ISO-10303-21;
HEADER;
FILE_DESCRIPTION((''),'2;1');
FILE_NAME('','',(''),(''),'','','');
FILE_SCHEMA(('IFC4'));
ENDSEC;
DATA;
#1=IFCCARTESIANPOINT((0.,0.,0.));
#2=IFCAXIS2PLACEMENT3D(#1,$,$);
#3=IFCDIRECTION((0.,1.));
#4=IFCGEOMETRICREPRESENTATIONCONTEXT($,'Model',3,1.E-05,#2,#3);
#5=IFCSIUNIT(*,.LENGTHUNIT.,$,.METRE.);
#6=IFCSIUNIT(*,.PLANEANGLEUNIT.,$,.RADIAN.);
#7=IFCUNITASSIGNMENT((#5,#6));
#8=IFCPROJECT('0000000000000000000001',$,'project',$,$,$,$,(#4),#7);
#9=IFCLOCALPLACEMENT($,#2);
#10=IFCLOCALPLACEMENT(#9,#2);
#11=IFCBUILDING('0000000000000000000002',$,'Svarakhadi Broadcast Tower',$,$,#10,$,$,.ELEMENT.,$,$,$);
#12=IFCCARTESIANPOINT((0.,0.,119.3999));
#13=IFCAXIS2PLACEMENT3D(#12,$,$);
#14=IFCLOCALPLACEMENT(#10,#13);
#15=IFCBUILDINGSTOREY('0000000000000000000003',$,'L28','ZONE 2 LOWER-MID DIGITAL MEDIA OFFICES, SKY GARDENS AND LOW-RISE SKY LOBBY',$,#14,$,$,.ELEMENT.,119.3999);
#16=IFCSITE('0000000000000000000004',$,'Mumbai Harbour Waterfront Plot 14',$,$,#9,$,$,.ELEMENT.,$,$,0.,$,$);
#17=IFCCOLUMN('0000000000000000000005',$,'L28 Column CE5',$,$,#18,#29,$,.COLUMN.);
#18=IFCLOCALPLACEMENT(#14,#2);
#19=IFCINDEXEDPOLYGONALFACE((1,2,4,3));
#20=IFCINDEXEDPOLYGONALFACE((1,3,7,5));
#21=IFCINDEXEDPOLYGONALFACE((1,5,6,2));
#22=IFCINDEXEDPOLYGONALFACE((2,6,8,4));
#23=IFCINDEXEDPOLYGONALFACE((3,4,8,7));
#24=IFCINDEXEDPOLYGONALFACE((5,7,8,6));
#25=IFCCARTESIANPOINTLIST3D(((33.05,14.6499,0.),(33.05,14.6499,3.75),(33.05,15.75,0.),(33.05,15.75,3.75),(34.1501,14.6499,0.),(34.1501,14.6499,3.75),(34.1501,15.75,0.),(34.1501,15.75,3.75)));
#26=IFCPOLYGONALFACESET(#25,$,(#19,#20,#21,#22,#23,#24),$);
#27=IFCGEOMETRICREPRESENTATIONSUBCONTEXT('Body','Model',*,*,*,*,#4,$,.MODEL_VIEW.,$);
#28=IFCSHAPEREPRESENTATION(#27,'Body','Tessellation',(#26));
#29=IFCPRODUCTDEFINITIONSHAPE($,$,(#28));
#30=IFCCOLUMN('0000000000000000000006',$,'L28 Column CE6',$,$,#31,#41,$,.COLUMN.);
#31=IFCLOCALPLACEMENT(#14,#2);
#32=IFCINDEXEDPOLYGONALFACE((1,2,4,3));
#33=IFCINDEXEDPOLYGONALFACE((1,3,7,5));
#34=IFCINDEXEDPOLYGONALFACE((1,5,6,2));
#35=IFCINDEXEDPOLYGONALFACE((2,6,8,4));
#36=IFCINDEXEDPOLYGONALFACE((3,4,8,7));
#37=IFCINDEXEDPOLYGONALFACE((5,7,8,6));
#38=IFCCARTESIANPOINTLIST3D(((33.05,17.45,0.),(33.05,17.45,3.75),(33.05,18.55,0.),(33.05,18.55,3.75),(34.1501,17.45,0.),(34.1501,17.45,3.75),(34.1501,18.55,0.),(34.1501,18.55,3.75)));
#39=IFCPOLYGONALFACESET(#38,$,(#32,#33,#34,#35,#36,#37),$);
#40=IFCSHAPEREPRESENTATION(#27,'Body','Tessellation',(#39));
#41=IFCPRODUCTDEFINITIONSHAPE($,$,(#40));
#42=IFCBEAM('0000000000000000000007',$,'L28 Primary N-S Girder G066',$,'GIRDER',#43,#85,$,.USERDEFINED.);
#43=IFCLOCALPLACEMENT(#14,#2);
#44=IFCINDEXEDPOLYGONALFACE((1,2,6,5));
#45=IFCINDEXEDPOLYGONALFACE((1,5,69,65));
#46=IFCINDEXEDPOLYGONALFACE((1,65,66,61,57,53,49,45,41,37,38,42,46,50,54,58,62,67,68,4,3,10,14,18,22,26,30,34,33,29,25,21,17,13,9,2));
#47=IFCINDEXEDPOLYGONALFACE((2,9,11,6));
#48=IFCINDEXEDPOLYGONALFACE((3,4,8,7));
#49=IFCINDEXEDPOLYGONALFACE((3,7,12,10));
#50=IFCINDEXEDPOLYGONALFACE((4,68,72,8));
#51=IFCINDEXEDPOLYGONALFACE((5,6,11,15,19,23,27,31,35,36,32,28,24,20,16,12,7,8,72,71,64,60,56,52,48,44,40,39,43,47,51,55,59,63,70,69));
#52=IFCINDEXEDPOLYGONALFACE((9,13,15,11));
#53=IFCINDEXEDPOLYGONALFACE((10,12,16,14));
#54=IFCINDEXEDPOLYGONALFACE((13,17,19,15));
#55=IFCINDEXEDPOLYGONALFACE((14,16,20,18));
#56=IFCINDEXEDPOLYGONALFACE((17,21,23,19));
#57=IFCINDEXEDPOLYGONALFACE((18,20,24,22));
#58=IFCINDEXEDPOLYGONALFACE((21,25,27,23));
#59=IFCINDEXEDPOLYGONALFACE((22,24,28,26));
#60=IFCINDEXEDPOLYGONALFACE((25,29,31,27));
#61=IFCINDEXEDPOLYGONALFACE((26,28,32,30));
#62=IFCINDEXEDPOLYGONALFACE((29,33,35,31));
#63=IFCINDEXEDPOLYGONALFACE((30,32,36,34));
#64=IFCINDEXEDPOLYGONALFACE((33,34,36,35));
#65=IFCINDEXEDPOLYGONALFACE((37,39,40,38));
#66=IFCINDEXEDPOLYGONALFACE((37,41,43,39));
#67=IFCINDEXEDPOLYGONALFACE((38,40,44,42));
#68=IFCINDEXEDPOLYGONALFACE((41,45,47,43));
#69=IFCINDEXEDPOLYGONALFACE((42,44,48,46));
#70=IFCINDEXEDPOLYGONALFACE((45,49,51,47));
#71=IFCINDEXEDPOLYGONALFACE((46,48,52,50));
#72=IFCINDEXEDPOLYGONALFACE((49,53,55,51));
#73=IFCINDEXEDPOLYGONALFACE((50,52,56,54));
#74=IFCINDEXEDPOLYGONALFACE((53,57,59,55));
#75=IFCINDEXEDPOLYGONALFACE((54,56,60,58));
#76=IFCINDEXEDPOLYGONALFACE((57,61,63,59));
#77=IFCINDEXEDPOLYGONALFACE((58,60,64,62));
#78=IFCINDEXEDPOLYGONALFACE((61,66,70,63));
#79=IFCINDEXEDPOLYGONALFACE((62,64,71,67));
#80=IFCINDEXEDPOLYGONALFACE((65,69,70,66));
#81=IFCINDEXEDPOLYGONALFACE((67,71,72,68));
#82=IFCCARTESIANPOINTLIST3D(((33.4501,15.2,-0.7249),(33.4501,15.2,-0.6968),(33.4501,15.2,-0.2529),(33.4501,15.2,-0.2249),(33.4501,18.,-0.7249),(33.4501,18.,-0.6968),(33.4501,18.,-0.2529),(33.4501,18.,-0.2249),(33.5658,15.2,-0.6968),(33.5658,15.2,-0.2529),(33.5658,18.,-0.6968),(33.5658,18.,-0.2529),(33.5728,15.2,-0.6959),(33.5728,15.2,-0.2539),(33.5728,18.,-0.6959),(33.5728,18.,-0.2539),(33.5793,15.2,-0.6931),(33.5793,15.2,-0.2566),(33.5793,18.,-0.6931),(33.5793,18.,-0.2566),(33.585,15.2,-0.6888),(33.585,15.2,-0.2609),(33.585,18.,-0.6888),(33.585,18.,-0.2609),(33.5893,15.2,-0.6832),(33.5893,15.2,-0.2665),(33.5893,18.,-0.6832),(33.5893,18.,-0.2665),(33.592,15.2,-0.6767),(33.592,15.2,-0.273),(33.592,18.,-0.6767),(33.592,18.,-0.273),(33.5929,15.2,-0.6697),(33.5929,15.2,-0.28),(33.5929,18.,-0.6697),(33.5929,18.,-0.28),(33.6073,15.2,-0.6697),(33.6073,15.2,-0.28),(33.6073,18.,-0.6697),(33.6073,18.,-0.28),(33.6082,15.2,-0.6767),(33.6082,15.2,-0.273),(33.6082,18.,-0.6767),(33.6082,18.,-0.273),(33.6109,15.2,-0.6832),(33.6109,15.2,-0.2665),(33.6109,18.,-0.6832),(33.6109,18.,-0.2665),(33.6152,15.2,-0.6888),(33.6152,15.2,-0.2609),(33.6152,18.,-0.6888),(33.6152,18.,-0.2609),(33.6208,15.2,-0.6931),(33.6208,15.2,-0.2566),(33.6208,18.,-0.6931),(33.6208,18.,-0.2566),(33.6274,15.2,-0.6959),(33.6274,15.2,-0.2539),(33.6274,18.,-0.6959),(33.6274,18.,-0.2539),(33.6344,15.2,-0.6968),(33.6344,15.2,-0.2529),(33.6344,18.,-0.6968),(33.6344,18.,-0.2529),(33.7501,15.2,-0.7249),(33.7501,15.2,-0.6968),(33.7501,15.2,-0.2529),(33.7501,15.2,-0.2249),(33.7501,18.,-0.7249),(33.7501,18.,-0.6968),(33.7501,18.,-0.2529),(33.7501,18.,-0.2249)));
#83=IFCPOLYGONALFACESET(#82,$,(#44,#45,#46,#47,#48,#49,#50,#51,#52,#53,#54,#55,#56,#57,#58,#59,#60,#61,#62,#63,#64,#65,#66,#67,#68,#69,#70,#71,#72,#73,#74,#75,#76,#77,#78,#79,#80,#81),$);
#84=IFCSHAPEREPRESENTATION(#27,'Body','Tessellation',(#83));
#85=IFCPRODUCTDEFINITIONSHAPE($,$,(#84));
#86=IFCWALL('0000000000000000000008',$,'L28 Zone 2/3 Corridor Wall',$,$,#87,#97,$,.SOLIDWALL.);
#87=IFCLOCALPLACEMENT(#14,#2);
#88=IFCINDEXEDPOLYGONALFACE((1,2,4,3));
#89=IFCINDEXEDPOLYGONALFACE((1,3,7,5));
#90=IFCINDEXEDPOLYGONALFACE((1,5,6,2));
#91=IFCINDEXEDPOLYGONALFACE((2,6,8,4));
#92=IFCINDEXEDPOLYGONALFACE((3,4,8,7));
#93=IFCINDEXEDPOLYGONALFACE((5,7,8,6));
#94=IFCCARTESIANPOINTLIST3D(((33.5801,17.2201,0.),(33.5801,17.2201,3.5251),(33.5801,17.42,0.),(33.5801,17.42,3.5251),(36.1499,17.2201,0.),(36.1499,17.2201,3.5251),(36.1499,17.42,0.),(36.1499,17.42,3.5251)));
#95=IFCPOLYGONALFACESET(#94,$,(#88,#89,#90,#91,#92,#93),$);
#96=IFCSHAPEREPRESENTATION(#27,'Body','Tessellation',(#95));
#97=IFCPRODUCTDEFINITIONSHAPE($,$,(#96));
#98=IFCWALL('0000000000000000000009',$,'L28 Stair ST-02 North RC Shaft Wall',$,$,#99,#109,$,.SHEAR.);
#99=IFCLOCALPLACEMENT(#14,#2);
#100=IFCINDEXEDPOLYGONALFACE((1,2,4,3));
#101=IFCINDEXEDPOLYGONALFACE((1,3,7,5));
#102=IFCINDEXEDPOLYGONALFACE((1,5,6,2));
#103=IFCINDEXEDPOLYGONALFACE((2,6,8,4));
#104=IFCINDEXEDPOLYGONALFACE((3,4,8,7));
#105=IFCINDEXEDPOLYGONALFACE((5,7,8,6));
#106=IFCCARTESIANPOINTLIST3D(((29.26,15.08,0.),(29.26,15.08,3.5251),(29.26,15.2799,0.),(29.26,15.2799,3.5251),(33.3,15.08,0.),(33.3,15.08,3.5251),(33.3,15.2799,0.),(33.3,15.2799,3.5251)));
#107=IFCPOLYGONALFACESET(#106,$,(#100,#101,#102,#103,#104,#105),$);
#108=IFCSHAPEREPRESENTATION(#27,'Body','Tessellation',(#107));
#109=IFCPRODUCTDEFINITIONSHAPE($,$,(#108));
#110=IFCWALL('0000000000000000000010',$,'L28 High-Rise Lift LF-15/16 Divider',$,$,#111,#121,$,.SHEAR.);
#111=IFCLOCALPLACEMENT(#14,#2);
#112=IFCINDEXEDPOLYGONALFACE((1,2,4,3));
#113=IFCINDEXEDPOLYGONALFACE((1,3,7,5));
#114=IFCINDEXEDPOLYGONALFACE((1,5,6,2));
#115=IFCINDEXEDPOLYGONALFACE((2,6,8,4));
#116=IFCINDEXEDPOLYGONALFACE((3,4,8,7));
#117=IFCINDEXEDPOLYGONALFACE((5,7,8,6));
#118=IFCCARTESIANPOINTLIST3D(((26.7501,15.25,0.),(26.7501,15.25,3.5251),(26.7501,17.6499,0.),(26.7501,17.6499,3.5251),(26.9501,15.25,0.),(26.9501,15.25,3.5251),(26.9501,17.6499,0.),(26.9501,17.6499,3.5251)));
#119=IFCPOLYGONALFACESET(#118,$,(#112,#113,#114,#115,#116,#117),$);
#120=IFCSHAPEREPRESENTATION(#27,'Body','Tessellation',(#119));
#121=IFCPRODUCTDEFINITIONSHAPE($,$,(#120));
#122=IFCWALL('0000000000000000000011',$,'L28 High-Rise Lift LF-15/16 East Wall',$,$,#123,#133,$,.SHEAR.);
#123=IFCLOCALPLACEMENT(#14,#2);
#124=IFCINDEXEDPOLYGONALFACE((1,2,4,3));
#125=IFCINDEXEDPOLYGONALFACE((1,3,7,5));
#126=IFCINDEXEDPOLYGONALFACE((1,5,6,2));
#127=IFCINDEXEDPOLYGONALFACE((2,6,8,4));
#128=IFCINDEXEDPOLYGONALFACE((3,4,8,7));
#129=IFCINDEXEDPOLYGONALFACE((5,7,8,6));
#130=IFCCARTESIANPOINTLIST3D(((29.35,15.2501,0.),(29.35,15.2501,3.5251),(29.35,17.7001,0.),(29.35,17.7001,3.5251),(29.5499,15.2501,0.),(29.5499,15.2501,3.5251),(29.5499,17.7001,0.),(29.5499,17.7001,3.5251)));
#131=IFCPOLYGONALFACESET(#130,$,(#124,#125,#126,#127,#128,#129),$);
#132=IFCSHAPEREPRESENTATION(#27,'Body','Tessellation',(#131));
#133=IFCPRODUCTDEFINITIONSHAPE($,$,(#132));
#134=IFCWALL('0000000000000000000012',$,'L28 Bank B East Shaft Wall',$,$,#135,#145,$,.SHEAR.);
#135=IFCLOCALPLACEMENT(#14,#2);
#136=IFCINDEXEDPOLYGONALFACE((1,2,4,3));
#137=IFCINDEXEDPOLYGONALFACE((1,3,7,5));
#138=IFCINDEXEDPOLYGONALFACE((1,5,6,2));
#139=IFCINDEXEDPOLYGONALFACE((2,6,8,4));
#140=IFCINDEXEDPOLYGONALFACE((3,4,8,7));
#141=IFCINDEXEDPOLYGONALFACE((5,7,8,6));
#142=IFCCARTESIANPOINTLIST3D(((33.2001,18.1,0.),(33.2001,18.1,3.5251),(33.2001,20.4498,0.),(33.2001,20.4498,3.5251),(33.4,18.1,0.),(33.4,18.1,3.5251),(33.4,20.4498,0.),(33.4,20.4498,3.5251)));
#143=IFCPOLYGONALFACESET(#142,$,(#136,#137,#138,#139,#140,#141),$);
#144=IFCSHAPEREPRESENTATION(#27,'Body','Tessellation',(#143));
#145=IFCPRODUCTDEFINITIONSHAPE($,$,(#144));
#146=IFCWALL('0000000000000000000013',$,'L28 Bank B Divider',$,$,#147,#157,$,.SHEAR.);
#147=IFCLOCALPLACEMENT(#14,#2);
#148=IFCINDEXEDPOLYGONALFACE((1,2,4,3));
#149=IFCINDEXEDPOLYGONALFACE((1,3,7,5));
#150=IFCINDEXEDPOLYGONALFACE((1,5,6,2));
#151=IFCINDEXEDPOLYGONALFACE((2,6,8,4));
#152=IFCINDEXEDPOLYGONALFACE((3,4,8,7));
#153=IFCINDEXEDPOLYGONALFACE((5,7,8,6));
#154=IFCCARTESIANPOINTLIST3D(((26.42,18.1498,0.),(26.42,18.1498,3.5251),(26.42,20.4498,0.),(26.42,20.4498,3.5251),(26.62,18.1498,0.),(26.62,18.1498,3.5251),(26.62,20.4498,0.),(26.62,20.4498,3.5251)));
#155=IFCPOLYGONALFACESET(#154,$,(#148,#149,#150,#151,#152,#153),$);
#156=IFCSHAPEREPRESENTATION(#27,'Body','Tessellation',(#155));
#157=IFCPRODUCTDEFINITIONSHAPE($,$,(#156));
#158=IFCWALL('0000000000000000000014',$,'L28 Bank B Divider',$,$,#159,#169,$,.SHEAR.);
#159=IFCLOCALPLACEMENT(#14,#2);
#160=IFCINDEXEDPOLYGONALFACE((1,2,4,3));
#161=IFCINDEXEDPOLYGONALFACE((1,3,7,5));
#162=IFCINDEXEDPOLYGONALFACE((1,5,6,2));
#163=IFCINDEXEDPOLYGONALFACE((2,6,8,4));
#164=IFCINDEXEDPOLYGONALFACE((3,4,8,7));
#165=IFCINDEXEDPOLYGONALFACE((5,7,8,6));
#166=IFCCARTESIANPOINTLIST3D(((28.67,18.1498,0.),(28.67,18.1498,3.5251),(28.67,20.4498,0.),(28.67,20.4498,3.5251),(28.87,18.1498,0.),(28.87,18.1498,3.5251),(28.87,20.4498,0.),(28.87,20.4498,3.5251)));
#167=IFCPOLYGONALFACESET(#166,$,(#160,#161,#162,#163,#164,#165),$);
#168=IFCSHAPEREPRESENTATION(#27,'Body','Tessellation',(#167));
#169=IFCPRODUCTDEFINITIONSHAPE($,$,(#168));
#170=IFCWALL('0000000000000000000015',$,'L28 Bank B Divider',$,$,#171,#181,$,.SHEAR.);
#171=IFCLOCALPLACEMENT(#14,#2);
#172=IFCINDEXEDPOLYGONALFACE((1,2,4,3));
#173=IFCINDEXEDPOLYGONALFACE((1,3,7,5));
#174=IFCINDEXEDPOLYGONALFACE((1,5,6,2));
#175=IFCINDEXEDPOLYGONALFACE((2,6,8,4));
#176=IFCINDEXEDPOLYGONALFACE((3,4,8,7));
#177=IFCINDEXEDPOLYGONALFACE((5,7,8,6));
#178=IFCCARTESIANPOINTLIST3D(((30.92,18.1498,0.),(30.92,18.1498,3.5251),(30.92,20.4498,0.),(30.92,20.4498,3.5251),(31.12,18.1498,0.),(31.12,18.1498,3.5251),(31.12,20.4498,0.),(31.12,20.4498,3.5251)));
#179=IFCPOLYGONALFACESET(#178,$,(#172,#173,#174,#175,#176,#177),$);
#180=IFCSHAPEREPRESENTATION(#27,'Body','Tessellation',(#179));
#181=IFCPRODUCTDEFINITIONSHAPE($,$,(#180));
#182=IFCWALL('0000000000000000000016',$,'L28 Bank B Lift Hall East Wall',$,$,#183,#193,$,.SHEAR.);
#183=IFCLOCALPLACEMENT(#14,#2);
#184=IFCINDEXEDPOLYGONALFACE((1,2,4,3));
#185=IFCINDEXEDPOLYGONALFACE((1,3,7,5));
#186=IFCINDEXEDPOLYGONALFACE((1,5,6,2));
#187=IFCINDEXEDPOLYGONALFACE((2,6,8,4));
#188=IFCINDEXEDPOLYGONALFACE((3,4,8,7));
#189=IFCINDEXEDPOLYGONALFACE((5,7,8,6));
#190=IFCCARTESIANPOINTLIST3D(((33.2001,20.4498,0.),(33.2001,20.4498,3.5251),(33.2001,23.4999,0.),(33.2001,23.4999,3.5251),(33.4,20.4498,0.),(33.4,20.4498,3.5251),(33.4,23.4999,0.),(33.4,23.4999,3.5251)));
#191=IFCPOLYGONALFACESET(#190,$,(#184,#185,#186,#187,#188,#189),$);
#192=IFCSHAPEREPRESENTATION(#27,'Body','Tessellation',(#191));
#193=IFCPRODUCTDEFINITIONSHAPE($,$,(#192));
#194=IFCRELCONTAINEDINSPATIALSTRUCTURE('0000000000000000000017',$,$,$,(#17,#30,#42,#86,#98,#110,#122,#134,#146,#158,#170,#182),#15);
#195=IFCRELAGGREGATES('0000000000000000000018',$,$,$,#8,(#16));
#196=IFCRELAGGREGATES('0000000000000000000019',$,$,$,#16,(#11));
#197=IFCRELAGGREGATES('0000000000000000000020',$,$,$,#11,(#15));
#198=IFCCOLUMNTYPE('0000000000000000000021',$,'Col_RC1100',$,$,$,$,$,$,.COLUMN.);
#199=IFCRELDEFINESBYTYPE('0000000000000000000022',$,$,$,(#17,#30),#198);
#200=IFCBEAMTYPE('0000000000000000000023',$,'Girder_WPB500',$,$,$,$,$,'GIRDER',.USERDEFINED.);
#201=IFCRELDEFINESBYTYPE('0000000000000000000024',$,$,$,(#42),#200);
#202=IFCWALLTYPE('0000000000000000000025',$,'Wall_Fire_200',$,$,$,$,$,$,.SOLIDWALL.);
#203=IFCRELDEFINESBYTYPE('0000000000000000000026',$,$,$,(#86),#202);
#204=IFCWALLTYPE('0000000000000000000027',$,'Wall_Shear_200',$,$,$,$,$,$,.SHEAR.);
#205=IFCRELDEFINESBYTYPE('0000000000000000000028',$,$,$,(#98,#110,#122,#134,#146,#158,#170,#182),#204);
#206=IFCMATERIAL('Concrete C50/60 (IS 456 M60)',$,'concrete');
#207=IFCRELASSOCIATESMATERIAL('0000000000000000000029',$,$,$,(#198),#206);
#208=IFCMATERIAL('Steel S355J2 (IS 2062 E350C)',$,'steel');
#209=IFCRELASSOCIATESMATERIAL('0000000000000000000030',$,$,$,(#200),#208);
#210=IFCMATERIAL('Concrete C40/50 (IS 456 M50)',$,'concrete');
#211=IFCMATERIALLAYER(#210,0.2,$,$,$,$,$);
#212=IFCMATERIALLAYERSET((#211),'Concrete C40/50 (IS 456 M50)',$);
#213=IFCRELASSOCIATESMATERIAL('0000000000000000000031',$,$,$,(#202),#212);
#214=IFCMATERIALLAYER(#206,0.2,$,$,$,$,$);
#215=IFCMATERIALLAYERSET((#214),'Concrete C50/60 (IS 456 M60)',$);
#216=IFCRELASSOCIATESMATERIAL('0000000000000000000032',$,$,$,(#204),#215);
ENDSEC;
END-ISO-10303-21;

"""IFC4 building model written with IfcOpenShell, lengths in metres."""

from ifc_helpers import new_model, si_unit, direction, frame, frame_2d, origin, origin_2d, place, context, subcontext, project, spatial, rectangle, i_section, extrude, material, layer, layer_set, material_profile, profile_set, type_object, element, save


model = new_model("IFC4")

# Units and contexts
model_context = context("Model", 3, precision=1e-05, world=origin(), true_north=direction((0.0, 1.0)))
body_context = subcontext(model_context, "Body", "Model", "MODEL_VIEW")
ifc_project = project(units=[si_unit("LENGTHUNIT", "METRE"), si_unit("PLANEANGLEUNIT", "RADIAN")], contexts=[model_context])

# Site, building, storey
site_placement = place(None, origin())
site = spatial("IfcSite", under=ifc_project, at=site_placement, Name="Mumbai Harbour Waterfront Plot 14", CompositionType="ELEMENT", RefElevation=0.0)
building_placement = place(site_placement, origin())
building = spatial("IfcBuilding", under=site, at=building_placement, Name="Svarakhadi Broadcast Tower", CompositionType="ELEMENT")
storey_placement = place(building_placement, frame((0.0, 0.0, 119.3999)))
storey = spatial("IfcBuildingStorey", under=building, at=storey_placement, Name="L28", Description="ZONE 2 LOWER-MID DIGITAL MEDIA OFFICES, SKY GARDENS AND LOW-RISE SKY LOBBY", CompositionType="ELEMENT", Elevation=119.3999)

# Columns
ifc_material_1 = material(Name="Concrete C50/60 (IS 456 M60)", Category="concrete")
ifc_material_profile_1 = material_profile(ifc_material_1, rectangle(XDim=1.1001, YDim=1.1001, at=origin_2d()), Name="RC 1100x1100")
ifc_profile_set_1 = profile_set([ifc_material_profile_1], Name="Concrete C50/60 (IS 456 M60)")
column_type = type_object("IfcColumnType", Name="Col_RC1100", PredefinedType="COLUMN", material=ifc_profile_set_1)
for number, where, z_axis, x_axis, name in (
    (1, (33.6001, 15.2, 0.0), (0.0, 0.0, 1.0), (1.0, 0.0, 0.0), "L28 Column CE5"),
    (2, (33.6001, 18.0, 0.0), (0.0, 0.0, 1.0), (1.0, 0.0, 0.0), "L28 Column CE6"),
):
    element("IfcColumn", number, at=place(storey_placement, frame(where, z_axis=z_axis, x_axis=x_axis)), inside=storey, type_object=column_type, Name=name, PredefinedType="COLUMN", context=body_context, shape_type="SweptSolid", body=[
        extrude(rectangle(XDim=1.1001, YDim=1.1001, at=origin_2d()), origin(), (0.0, 0.0, 1.0), 3.75),
    ])

# Beam
ifc_material_2 = material(Name="Steel S355J2 (IS 2062 E350C)", Category="steel")
ifc_material_profile_2 = material_profile(ifc_material_2, i_section(OverallWidth=0.3, OverallDepth=0.5, WebThickness=0.0144, FlangeThickness=0.0281, FilletRadius=0.0271, at=origin_2d()), Name="WPB 500x300x187")
ifc_profile_set_2 = profile_set([ifc_material_profile_2], Name="Steel S355J2 (IS 2062 E350C)")
beam_type = type_object("IfcBeamType", Name="Girder_WPB500", ElementType="GIRDER", PredefinedType="USERDEFINED", material=ifc_profile_set_2)
beam_placement = place(storey_placement, frame((33.6001, 15.2, -0.4749), z_axis=(0.0, 1.0, 0.0), x_axis=(-1.0, 0.0, 0.0)))
element("IfcBeam", 3, at=beam_placement, inside=storey, type_object=beam_type, Name="L28 Primary N-S Girder G066", ObjectType="GIRDER", PredefinedType="USERDEFINED", context=body_context, shape_type="SweptSolid", body=[
    extrude(i_section(OverallWidth=0.3, OverallDepth=0.5, WebThickness=0.0144, FlangeThickness=0.0281, FilletRadius=0.0271, at=origin_2d()), origin(), (0.0, 0.0, 1.0), 2.8),
])

# Walls
ifc_material_3 = material(Name="Concrete C40/50 (IS 456 M50)", Category="concrete")
ifc_layer_1 = layer(ifc_material_3, 0.2)
ifc_layer_set_1 = layer_set([ifc_layer_1], Name="Concrete C40/50 (IS 456 M50)")
wall_type_1 = type_object("IfcWallType", Name="Wall_Fire_200", PredefinedType="SOLIDWALL", material=ifc_layer_set_1)
wall_1_placement = place(storey_placement, frame((33.5801, 17.3201, 0.0), z_axis=(0.0, 0.0, 1.0), x_axis=(1.0, 0.0, 0.0)))
element("IfcWall", 4, at=wall_1_placement, inside=storey, type_object=wall_type_1, Name="L28 Zone 2/3 Corridor Wall", PredefinedType="SOLIDWALL", context=body_context, shape_type="SweptSolid", body=[
    extrude(rectangle(XDim=2.5698, YDim=0.2, at=frame_2d((1.2849, 0.0))), origin(), (0.0, 0.0, 1.0), 3.5251),
])
ifc_layer_2 = layer(ifc_material_1, 0.2)
ifc_layer_set_2 = layer_set([ifc_layer_2], Name="Concrete C50/60 (IS 456 M60)")
wall_type_2 = type_object("IfcWallType", Name="Wall_Shear_200", PredefinedType="SHEAR", material=ifc_layer_set_2)
wall_2_placement = place(storey_placement, frame((29.26, 15.1799, 0.0), z_axis=(0.0, 0.0, 1.0), x_axis=(1.0, 0.0, 0.0)))
element("IfcWall", 5, at=wall_2_placement, inside=storey, type_object=wall_type_2, Name="L28 Stair ST-02 North RC Shaft Wall", PredefinedType="SHEAR", context=body_context, shape_type="SweptSolid", body=[
    extrude(rectangle(XDim=4.04, YDim=0.2, at=frame_2d((2.02, 0.0))), origin(), (0.0, 0.0, 1.0), 3.5251),
])
wall_3_placement = place(storey_placement, frame((26.8501, 15.25, 0.0), z_axis=(0.0, 0.0, 1.0), x_axis=(0.0, 1.0, 0.0)))
element("IfcWall", 6, at=wall_3_placement, inside=storey, type_object=wall_type_2, Name="L28 High-Rise Lift LF-15/16 Divider", PredefinedType="SHEAR", context=body_context, shape_type="SweptSolid", body=[
    extrude(rectangle(XDim=2.3999, YDim=0.2, at=frame_2d((1.2, 0.0))), origin(), (0.0, 0.0, 1.0), 3.5251),
])
wall_4_placement = place(storey_placement, frame((29.45, 15.25, 0.0), z_axis=(0.0, 0.0, 1.0), x_axis=(0.0, 1.0, 0.0)))
element("IfcWall", 7, at=wall_4_placement, inside=storey, type_object=wall_type_2, Name="L28 High-Rise Lift LF-15/16 East Wall", PredefinedType="SHEAR", context=body_context, shape_type="SweptSolid", body=[
    extrude(rectangle(XDim=2.45, YDim=0.2, at=frame_2d((1.2251, 0.0))), origin(), (0.0, 0.0, 1.0), 3.5251),
])
wall_5_placement = place(storey_placement, frame((33.3, 18.1001, 0.0), z_axis=(0.0, 0.0, 1.0), x_axis=(0.0, 1.0, 0.0)))
element("IfcWall", 8, at=wall_5_placement, inside=storey, type_object=wall_type_2, Name="L28 Bank B East Shaft Wall", PredefinedType="SHEAR", context=body_context, shape_type="SweptSolid", body=[
    extrude(rectangle(XDim=2.3499, YDim=0.2, at=frame_2d((1.1748, 0.0))), origin(), (0.0, 0.0, 1.0), 3.5251),
])
for number, where, z_axis, x_axis, name in (
    (9, (26.52, 18.1499, 0.0), (0.0, 0.0, 1.0), (0.0, 1.0, 0.0), "L28 Bank B Divider"),
    (10, (28.77, 18.1499, 0.0), (0.0, 0.0, 1.0), (0.0, 1.0, 0.0), "L28 Bank B Divider"),
    (11, (31.02, 18.1499, 0.0), (0.0, 0.0, 1.0), (0.0, 1.0, 0.0), "L28 Bank B Divider"),
):
    element("IfcWall", number, at=place(storey_placement, frame(where, z_axis=z_axis, x_axis=x_axis)), inside=storey, type_object=wall_type_2, Name=name, PredefinedType="SHEAR", context=body_context, shape_type="SweptSolid", body=[
        extrude(rectangle(XDim=2.3, YDim=0.2, at=frame_2d((1.1499, 0.0))), origin(), (0.0, 0.0, 1.0), 3.5251),
    ])
wall_6_placement = place(storey_placement, frame((33.3, 20.45, 0.0), z_axis=(0.0, 0.0, 1.0), x_axis=(0.0, 1.0, 0.0)))
element("IfcWall", 12, at=wall_6_placement, inside=storey, type_object=wall_type_2, Name="L28 Bank B Lift Hall East Wall", PredefinedType="SHEAR", context=body_context, shape_type="SweptSolid", body=[
    extrude(rectangle(XDim=3.05, YDim=0.2, at=frame_2d((1.5249, 0.0))), origin(), (0.0, 0.0, 1.0), 3.5251),
])

save(model, "model.ifc")
